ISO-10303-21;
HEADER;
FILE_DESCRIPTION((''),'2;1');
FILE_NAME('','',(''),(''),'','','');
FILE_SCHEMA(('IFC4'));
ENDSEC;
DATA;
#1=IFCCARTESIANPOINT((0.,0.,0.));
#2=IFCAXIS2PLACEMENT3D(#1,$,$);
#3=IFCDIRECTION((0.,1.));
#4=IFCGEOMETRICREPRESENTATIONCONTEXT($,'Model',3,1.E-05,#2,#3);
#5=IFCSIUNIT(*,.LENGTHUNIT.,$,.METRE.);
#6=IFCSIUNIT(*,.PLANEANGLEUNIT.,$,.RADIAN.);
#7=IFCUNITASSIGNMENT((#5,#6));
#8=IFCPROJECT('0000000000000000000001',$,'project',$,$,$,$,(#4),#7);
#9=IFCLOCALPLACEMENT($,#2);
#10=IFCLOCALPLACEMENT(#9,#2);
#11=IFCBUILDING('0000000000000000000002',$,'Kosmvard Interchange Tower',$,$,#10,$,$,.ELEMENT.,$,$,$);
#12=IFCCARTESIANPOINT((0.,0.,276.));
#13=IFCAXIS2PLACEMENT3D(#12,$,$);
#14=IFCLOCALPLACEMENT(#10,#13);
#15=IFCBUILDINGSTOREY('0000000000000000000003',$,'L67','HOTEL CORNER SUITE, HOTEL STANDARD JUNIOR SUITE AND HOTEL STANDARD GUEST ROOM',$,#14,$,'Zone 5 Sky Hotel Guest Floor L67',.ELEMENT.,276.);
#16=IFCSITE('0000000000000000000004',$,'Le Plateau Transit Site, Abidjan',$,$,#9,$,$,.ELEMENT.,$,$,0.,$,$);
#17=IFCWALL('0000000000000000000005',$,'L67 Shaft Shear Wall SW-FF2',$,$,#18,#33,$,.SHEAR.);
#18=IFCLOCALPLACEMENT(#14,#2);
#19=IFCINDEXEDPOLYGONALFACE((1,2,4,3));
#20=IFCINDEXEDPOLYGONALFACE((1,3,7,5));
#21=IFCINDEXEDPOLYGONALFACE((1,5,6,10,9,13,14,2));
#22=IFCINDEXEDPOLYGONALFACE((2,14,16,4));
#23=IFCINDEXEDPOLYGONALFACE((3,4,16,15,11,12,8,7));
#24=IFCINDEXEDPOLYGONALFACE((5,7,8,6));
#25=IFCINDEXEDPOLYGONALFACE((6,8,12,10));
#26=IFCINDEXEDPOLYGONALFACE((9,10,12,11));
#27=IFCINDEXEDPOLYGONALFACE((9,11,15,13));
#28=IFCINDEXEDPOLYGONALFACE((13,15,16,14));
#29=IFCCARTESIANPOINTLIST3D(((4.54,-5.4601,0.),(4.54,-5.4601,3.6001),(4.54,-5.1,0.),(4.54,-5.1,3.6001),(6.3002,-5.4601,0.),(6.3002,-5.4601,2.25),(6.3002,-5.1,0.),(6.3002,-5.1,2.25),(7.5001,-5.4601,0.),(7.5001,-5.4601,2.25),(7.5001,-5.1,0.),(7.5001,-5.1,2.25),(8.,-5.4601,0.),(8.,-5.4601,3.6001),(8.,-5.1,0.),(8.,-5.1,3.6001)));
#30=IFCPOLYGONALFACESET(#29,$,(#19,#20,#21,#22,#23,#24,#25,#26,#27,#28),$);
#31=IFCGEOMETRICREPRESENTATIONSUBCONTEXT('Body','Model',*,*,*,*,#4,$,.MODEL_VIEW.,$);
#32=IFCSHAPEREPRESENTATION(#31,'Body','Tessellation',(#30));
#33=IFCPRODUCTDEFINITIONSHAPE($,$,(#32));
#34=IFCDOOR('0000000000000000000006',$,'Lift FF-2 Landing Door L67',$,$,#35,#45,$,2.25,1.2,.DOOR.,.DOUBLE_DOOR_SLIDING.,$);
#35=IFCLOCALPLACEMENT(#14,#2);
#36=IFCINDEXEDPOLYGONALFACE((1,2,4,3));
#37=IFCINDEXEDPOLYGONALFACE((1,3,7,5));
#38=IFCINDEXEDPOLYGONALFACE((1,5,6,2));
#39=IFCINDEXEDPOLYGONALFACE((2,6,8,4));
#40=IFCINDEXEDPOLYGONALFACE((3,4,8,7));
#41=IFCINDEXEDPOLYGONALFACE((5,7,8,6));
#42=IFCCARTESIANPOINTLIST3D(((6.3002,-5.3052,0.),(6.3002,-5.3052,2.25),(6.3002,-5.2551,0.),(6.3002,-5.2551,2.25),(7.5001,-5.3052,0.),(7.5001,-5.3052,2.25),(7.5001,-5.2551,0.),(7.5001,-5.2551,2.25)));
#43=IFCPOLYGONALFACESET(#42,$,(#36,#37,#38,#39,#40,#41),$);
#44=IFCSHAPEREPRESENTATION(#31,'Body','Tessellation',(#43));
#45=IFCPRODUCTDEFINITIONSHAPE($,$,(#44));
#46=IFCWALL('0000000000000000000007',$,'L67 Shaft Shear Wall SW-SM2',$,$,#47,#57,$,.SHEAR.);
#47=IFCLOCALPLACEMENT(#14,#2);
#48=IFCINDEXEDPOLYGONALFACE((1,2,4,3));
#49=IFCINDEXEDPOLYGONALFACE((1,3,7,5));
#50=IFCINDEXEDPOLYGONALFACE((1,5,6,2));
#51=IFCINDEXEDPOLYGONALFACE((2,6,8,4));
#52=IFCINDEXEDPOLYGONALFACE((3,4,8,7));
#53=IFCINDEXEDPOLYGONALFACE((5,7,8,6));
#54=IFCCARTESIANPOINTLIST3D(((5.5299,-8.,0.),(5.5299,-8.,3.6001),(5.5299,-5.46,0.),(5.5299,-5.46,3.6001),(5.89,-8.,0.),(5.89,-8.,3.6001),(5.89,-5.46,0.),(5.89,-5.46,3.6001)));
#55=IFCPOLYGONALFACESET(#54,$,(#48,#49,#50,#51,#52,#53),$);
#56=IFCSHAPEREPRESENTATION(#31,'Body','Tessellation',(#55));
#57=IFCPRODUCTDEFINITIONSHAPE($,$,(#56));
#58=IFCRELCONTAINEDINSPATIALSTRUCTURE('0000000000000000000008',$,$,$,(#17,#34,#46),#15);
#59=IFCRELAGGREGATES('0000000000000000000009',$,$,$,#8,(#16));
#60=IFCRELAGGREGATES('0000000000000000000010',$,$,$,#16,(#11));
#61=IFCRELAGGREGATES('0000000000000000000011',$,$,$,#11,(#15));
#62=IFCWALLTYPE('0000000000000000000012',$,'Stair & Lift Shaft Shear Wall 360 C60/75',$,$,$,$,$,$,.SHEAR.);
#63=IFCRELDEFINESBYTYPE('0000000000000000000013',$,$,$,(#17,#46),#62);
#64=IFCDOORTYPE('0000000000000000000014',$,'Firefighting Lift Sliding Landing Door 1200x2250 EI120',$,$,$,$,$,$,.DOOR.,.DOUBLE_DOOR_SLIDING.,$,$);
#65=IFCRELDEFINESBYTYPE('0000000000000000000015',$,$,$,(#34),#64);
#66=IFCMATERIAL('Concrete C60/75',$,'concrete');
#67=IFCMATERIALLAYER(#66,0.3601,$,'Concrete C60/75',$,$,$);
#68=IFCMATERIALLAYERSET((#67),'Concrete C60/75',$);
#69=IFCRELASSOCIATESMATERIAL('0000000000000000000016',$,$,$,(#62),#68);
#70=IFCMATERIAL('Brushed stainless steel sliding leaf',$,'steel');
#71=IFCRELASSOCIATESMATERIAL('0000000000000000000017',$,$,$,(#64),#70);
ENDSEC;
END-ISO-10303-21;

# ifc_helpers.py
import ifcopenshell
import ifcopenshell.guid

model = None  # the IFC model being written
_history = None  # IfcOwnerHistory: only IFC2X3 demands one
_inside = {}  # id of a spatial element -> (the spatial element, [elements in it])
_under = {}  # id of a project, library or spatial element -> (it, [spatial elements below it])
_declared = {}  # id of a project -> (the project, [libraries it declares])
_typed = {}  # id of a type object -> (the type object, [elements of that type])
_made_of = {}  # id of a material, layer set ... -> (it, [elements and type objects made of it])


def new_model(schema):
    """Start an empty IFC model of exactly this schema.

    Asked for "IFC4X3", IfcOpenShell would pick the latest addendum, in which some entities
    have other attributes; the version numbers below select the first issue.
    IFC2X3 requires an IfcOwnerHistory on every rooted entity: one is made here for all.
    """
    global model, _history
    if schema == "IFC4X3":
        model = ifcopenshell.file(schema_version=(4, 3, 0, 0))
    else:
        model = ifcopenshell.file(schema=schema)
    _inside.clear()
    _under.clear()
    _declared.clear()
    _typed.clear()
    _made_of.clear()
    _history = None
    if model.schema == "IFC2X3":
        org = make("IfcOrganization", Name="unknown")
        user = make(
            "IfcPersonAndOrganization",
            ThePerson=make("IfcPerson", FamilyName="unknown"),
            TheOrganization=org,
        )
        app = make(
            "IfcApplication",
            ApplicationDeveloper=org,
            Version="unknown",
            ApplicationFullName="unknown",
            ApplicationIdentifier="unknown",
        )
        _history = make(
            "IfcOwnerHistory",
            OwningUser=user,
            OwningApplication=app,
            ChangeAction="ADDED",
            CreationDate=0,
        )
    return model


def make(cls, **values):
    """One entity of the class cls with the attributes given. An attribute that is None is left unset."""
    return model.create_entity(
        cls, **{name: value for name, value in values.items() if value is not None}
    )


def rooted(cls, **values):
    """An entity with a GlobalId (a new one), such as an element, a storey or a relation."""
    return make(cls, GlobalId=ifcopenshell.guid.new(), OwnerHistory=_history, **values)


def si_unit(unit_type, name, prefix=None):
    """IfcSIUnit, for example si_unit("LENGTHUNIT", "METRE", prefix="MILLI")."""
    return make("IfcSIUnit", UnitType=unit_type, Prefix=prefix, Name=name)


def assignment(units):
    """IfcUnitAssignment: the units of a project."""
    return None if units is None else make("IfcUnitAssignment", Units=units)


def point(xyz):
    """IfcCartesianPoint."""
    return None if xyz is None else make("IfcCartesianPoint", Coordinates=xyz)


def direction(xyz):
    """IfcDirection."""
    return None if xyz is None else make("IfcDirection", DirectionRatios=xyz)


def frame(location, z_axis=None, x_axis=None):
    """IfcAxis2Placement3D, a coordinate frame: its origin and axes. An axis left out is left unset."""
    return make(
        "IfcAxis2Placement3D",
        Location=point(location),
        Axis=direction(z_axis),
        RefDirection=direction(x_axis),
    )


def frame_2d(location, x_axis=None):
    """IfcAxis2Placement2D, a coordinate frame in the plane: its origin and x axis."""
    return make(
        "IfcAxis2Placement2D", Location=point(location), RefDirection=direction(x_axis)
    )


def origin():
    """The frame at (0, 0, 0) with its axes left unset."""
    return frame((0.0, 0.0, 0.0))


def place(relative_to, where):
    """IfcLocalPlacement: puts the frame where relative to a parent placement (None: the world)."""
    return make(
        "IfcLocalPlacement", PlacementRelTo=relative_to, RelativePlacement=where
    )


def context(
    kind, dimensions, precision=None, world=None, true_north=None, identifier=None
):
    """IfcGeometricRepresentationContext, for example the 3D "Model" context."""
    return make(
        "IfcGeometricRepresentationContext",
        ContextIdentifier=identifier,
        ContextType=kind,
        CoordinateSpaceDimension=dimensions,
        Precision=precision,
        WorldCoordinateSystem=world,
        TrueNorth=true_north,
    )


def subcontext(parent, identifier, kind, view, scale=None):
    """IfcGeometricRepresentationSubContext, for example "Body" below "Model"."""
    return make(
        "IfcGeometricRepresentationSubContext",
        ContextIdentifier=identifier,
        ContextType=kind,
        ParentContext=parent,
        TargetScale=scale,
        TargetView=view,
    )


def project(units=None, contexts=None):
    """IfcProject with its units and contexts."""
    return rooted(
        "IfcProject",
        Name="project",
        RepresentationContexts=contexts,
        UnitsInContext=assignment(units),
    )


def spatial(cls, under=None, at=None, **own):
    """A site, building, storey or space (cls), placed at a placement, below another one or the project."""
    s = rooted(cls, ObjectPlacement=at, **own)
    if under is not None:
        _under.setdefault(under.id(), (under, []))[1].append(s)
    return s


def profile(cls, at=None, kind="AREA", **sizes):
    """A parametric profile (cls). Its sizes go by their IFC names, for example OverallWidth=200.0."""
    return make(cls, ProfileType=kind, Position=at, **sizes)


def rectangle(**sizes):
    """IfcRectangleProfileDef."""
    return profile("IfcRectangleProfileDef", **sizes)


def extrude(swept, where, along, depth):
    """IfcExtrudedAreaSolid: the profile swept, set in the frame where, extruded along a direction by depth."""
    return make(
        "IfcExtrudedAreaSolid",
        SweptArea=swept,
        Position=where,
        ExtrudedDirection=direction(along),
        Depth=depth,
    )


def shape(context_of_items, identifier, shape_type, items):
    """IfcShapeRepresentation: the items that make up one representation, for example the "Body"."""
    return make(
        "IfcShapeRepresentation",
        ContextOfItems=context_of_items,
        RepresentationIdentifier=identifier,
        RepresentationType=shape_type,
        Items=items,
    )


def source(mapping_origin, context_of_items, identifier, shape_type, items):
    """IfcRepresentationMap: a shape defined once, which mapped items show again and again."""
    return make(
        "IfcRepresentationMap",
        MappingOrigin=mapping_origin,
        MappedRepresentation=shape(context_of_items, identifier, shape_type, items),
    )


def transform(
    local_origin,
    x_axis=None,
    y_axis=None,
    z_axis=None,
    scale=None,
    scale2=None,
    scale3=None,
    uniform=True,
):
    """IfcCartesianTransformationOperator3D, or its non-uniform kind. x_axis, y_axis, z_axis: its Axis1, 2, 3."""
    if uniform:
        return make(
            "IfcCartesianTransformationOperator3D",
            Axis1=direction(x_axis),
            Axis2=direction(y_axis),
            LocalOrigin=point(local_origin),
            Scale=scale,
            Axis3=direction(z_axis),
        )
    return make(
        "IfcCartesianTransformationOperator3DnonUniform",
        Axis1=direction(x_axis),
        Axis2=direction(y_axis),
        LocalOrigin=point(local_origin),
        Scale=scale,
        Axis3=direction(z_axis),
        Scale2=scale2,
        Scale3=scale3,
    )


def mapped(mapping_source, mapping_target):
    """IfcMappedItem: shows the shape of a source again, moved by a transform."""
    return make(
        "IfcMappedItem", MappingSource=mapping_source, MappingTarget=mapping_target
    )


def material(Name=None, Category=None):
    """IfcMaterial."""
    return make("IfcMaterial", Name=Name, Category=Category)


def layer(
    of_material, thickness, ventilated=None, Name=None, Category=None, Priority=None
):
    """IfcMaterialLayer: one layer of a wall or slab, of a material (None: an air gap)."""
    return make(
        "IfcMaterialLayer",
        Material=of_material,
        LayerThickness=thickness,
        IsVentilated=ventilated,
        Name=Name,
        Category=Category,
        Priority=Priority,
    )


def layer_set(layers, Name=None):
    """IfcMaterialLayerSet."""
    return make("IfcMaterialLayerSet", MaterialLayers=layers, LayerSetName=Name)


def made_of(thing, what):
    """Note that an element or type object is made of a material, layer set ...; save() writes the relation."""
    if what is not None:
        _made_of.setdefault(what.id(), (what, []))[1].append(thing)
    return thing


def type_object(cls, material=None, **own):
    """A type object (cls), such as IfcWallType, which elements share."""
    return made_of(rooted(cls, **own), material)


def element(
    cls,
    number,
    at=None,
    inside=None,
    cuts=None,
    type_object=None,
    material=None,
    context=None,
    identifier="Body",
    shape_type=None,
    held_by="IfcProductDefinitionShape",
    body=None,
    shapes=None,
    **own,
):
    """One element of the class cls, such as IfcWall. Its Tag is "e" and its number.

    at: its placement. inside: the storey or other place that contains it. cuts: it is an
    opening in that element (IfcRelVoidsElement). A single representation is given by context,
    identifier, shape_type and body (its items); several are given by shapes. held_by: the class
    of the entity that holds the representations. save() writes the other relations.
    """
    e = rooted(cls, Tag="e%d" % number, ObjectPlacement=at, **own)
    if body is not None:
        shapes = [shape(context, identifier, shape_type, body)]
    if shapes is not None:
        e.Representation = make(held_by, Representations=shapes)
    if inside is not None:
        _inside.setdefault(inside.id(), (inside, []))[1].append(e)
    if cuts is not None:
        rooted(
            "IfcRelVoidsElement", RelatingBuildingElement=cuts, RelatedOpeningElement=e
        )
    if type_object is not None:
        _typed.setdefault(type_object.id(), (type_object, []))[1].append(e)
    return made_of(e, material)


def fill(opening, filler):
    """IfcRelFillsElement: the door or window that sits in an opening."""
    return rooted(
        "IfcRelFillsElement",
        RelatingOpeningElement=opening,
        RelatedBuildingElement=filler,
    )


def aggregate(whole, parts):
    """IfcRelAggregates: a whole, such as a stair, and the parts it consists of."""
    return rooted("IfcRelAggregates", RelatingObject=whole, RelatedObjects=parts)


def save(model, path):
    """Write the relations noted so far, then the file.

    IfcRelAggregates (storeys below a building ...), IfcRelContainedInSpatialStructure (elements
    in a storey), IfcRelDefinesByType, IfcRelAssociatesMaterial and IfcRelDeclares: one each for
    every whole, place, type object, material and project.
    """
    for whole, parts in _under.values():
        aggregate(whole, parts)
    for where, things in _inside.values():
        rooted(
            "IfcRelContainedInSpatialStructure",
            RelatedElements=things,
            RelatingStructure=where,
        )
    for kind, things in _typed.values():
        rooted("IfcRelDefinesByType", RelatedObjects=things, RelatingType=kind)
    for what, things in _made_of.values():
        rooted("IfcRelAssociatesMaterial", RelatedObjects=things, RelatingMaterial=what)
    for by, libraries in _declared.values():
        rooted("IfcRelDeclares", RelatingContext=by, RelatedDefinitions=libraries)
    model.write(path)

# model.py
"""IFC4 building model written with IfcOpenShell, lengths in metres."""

from ifc_helpers import new_model, si_unit, direction, frame, frame_2d, origin, place, context, subcontext, project, spatial, rectangle, extrude, source, transform, mapped, material, layer, layer_set, type_object, element, fill, save


model = new_model("IFC4")

# Units and contexts
model_context = context("Model", 3, precision=1e-05, world=origin(), true_north=direction((0.0, 1.0)))
body_context = subcontext(model_context, "Body", "Model", "MODEL_VIEW")
ifc_project = project(units=[si_unit("LENGTHUNIT", "METRE"), si_unit("PLANEANGLEUNIT", "RADIAN")], contexts=[model_context])

# Site, building, storey
site_placement = place(None, origin())
site = spatial("IfcSite", under=ifc_project, at=site_placement, Name="Le Plateau Transit Site, Abidjan", CompositionType="ELEMENT", RefElevation=0.0)
building_placement = place(site_placement, origin())
building = spatial("IfcBuilding", under=site, at=building_placement, Name="Kosmvard Interchange Tower", CompositionType="ELEMENT")
storey_placement = place(building_placement, frame((0.0, 0.0, 276.0)))
storey = spatial("IfcBuildingStorey", under=building, at=storey_placement, Name="L67", Description="HOTEL CORNER SUITE, HOTEL STANDARD JUNIOR SUITE AND HOTEL STANDARD GUEST ROOM", LongName="Zone 5 Sky Hotel Guest Floor L67", CompositionType="ELEMENT", Elevation=276.0)

# Shared definitions
ifc_material_1 = material(Name="Brushed stainless steel sliding leaf", Category="steel")

# Shared definitions
ifc_material_2 = material(Name="Concrete C60/75", Category="concrete")
ifc_layer_1 = layer(ifc_material_2, 0.3601, Name="Concrete C60/75")
ifc_layer_set_1 = layer_set([ifc_layer_1], Name="Concrete C60/75")
wall_type_1 = type_object("IfcWallType", Name="Stair & Lift Shaft Shear Wall 360 C60/75", PredefinedType="SHEAR", material=ifc_layer_set_1)

# Wall, opening, door
wall_1_placement = place(storey_placement, frame((4.54, -5.28, 0.0), z_axis=(0.0, 0.0, 1.0), x_axis=(1.0, 0.0, 0.0)))
wall_1 = element("IfcWall", 1, at=wall_1_placement, inside=storey, type_object=wall_type_1, Name="L67 Shaft Shear Wall SW-FF2", PredefinedType="SHEAR", context=body_context, shape_type="SweptSolid", body=[
    extrude(rectangle(XDim=3.46, YDim=0.3601, at=frame_2d((1.73, 0.0))), origin(), (0.0, 0.0, 1.0), 3.6001),
])
opening_1_placement = place(wall_1_placement, frame((1.76, 0.0, 0.0)))
opening_1 = element("IfcOpeningElement", 2, at=opening_1_placement, cuts=wall_1, PredefinedType="OPENING", context=body_context, shape_type="SweptSolid", body=[
    extrude(rectangle(XDim=1.2, YDim=2.25, at=frame_2d((0.6001, 1.125))), frame((0.0, 0.1899, 0.0), z_axis=(0.0, -1.0, 0.0), x_axis=(1.0, 0.0, 0.0)), (0.0, 0.0, 1.0), 0.3801),
])
door_type_1 = type_object("IfcDoorType", Name="Firefighting Lift Sliding Landing Door 1200x2250 EI120", OperationType="DOUBLE_DOOR_SLIDING", PredefinedType="DOOR", material=ifc_material_1)
shared_shape_1 = source(origin(), body_context, "Body", "SweptSolid", [
    extrude(rectangle(XDim=1.2, YDim=2.25, at=frame_2d((0.6001, 1.125))), frame((0.0, 0.0249, 0.0), z_axis=(0.0, -1.0, 0.0), x_axis=(1.0, 0.0, 0.0)), (0.0, 0.0, 1.0), 0.05),
])
door_1_placement = place(opening_1_placement, origin())
door_1 = element("IfcDoor", 3, at=door_1_placement, inside=storey, type_object=door_type_1, Name="Lift FF-2 Landing Door L67", OperationType="DOUBLE_DOOR_SLIDING", OverallHeight=2.25, OverallWidth=1.2, PredefinedType="DOOR", context=body_context, shape_type="MappedRepresentation", body=[
    mapped(shared_shape_1, transform((0.0, 0.0, 0.0), scale=1.0)),
])
fill(opening_1, door_1)

# Wall
wall_2_placement = place(storey_placement, frame((5.71, -8.0, 0.0), z_axis=(0.0, 0.0, 1.0), x_axis=(0.0, 1.0, 0.0)))
element("IfcWall", 4, at=wall_2_placement, inside=storey, type_object=wall_type_1, Name="L67 Shaft Shear Wall SW-SM2", PredefinedType="SHEAR", context=body_context, shape_type="SweptSolid", body=[
    extrude(rectangle(XDim=2.54, YDim=0.3601, at=frame_2d((1.27, 0.0))), origin(), (0.0, 0.0, 1.0), 3.6001),
])

save(model, "model.ifc")
